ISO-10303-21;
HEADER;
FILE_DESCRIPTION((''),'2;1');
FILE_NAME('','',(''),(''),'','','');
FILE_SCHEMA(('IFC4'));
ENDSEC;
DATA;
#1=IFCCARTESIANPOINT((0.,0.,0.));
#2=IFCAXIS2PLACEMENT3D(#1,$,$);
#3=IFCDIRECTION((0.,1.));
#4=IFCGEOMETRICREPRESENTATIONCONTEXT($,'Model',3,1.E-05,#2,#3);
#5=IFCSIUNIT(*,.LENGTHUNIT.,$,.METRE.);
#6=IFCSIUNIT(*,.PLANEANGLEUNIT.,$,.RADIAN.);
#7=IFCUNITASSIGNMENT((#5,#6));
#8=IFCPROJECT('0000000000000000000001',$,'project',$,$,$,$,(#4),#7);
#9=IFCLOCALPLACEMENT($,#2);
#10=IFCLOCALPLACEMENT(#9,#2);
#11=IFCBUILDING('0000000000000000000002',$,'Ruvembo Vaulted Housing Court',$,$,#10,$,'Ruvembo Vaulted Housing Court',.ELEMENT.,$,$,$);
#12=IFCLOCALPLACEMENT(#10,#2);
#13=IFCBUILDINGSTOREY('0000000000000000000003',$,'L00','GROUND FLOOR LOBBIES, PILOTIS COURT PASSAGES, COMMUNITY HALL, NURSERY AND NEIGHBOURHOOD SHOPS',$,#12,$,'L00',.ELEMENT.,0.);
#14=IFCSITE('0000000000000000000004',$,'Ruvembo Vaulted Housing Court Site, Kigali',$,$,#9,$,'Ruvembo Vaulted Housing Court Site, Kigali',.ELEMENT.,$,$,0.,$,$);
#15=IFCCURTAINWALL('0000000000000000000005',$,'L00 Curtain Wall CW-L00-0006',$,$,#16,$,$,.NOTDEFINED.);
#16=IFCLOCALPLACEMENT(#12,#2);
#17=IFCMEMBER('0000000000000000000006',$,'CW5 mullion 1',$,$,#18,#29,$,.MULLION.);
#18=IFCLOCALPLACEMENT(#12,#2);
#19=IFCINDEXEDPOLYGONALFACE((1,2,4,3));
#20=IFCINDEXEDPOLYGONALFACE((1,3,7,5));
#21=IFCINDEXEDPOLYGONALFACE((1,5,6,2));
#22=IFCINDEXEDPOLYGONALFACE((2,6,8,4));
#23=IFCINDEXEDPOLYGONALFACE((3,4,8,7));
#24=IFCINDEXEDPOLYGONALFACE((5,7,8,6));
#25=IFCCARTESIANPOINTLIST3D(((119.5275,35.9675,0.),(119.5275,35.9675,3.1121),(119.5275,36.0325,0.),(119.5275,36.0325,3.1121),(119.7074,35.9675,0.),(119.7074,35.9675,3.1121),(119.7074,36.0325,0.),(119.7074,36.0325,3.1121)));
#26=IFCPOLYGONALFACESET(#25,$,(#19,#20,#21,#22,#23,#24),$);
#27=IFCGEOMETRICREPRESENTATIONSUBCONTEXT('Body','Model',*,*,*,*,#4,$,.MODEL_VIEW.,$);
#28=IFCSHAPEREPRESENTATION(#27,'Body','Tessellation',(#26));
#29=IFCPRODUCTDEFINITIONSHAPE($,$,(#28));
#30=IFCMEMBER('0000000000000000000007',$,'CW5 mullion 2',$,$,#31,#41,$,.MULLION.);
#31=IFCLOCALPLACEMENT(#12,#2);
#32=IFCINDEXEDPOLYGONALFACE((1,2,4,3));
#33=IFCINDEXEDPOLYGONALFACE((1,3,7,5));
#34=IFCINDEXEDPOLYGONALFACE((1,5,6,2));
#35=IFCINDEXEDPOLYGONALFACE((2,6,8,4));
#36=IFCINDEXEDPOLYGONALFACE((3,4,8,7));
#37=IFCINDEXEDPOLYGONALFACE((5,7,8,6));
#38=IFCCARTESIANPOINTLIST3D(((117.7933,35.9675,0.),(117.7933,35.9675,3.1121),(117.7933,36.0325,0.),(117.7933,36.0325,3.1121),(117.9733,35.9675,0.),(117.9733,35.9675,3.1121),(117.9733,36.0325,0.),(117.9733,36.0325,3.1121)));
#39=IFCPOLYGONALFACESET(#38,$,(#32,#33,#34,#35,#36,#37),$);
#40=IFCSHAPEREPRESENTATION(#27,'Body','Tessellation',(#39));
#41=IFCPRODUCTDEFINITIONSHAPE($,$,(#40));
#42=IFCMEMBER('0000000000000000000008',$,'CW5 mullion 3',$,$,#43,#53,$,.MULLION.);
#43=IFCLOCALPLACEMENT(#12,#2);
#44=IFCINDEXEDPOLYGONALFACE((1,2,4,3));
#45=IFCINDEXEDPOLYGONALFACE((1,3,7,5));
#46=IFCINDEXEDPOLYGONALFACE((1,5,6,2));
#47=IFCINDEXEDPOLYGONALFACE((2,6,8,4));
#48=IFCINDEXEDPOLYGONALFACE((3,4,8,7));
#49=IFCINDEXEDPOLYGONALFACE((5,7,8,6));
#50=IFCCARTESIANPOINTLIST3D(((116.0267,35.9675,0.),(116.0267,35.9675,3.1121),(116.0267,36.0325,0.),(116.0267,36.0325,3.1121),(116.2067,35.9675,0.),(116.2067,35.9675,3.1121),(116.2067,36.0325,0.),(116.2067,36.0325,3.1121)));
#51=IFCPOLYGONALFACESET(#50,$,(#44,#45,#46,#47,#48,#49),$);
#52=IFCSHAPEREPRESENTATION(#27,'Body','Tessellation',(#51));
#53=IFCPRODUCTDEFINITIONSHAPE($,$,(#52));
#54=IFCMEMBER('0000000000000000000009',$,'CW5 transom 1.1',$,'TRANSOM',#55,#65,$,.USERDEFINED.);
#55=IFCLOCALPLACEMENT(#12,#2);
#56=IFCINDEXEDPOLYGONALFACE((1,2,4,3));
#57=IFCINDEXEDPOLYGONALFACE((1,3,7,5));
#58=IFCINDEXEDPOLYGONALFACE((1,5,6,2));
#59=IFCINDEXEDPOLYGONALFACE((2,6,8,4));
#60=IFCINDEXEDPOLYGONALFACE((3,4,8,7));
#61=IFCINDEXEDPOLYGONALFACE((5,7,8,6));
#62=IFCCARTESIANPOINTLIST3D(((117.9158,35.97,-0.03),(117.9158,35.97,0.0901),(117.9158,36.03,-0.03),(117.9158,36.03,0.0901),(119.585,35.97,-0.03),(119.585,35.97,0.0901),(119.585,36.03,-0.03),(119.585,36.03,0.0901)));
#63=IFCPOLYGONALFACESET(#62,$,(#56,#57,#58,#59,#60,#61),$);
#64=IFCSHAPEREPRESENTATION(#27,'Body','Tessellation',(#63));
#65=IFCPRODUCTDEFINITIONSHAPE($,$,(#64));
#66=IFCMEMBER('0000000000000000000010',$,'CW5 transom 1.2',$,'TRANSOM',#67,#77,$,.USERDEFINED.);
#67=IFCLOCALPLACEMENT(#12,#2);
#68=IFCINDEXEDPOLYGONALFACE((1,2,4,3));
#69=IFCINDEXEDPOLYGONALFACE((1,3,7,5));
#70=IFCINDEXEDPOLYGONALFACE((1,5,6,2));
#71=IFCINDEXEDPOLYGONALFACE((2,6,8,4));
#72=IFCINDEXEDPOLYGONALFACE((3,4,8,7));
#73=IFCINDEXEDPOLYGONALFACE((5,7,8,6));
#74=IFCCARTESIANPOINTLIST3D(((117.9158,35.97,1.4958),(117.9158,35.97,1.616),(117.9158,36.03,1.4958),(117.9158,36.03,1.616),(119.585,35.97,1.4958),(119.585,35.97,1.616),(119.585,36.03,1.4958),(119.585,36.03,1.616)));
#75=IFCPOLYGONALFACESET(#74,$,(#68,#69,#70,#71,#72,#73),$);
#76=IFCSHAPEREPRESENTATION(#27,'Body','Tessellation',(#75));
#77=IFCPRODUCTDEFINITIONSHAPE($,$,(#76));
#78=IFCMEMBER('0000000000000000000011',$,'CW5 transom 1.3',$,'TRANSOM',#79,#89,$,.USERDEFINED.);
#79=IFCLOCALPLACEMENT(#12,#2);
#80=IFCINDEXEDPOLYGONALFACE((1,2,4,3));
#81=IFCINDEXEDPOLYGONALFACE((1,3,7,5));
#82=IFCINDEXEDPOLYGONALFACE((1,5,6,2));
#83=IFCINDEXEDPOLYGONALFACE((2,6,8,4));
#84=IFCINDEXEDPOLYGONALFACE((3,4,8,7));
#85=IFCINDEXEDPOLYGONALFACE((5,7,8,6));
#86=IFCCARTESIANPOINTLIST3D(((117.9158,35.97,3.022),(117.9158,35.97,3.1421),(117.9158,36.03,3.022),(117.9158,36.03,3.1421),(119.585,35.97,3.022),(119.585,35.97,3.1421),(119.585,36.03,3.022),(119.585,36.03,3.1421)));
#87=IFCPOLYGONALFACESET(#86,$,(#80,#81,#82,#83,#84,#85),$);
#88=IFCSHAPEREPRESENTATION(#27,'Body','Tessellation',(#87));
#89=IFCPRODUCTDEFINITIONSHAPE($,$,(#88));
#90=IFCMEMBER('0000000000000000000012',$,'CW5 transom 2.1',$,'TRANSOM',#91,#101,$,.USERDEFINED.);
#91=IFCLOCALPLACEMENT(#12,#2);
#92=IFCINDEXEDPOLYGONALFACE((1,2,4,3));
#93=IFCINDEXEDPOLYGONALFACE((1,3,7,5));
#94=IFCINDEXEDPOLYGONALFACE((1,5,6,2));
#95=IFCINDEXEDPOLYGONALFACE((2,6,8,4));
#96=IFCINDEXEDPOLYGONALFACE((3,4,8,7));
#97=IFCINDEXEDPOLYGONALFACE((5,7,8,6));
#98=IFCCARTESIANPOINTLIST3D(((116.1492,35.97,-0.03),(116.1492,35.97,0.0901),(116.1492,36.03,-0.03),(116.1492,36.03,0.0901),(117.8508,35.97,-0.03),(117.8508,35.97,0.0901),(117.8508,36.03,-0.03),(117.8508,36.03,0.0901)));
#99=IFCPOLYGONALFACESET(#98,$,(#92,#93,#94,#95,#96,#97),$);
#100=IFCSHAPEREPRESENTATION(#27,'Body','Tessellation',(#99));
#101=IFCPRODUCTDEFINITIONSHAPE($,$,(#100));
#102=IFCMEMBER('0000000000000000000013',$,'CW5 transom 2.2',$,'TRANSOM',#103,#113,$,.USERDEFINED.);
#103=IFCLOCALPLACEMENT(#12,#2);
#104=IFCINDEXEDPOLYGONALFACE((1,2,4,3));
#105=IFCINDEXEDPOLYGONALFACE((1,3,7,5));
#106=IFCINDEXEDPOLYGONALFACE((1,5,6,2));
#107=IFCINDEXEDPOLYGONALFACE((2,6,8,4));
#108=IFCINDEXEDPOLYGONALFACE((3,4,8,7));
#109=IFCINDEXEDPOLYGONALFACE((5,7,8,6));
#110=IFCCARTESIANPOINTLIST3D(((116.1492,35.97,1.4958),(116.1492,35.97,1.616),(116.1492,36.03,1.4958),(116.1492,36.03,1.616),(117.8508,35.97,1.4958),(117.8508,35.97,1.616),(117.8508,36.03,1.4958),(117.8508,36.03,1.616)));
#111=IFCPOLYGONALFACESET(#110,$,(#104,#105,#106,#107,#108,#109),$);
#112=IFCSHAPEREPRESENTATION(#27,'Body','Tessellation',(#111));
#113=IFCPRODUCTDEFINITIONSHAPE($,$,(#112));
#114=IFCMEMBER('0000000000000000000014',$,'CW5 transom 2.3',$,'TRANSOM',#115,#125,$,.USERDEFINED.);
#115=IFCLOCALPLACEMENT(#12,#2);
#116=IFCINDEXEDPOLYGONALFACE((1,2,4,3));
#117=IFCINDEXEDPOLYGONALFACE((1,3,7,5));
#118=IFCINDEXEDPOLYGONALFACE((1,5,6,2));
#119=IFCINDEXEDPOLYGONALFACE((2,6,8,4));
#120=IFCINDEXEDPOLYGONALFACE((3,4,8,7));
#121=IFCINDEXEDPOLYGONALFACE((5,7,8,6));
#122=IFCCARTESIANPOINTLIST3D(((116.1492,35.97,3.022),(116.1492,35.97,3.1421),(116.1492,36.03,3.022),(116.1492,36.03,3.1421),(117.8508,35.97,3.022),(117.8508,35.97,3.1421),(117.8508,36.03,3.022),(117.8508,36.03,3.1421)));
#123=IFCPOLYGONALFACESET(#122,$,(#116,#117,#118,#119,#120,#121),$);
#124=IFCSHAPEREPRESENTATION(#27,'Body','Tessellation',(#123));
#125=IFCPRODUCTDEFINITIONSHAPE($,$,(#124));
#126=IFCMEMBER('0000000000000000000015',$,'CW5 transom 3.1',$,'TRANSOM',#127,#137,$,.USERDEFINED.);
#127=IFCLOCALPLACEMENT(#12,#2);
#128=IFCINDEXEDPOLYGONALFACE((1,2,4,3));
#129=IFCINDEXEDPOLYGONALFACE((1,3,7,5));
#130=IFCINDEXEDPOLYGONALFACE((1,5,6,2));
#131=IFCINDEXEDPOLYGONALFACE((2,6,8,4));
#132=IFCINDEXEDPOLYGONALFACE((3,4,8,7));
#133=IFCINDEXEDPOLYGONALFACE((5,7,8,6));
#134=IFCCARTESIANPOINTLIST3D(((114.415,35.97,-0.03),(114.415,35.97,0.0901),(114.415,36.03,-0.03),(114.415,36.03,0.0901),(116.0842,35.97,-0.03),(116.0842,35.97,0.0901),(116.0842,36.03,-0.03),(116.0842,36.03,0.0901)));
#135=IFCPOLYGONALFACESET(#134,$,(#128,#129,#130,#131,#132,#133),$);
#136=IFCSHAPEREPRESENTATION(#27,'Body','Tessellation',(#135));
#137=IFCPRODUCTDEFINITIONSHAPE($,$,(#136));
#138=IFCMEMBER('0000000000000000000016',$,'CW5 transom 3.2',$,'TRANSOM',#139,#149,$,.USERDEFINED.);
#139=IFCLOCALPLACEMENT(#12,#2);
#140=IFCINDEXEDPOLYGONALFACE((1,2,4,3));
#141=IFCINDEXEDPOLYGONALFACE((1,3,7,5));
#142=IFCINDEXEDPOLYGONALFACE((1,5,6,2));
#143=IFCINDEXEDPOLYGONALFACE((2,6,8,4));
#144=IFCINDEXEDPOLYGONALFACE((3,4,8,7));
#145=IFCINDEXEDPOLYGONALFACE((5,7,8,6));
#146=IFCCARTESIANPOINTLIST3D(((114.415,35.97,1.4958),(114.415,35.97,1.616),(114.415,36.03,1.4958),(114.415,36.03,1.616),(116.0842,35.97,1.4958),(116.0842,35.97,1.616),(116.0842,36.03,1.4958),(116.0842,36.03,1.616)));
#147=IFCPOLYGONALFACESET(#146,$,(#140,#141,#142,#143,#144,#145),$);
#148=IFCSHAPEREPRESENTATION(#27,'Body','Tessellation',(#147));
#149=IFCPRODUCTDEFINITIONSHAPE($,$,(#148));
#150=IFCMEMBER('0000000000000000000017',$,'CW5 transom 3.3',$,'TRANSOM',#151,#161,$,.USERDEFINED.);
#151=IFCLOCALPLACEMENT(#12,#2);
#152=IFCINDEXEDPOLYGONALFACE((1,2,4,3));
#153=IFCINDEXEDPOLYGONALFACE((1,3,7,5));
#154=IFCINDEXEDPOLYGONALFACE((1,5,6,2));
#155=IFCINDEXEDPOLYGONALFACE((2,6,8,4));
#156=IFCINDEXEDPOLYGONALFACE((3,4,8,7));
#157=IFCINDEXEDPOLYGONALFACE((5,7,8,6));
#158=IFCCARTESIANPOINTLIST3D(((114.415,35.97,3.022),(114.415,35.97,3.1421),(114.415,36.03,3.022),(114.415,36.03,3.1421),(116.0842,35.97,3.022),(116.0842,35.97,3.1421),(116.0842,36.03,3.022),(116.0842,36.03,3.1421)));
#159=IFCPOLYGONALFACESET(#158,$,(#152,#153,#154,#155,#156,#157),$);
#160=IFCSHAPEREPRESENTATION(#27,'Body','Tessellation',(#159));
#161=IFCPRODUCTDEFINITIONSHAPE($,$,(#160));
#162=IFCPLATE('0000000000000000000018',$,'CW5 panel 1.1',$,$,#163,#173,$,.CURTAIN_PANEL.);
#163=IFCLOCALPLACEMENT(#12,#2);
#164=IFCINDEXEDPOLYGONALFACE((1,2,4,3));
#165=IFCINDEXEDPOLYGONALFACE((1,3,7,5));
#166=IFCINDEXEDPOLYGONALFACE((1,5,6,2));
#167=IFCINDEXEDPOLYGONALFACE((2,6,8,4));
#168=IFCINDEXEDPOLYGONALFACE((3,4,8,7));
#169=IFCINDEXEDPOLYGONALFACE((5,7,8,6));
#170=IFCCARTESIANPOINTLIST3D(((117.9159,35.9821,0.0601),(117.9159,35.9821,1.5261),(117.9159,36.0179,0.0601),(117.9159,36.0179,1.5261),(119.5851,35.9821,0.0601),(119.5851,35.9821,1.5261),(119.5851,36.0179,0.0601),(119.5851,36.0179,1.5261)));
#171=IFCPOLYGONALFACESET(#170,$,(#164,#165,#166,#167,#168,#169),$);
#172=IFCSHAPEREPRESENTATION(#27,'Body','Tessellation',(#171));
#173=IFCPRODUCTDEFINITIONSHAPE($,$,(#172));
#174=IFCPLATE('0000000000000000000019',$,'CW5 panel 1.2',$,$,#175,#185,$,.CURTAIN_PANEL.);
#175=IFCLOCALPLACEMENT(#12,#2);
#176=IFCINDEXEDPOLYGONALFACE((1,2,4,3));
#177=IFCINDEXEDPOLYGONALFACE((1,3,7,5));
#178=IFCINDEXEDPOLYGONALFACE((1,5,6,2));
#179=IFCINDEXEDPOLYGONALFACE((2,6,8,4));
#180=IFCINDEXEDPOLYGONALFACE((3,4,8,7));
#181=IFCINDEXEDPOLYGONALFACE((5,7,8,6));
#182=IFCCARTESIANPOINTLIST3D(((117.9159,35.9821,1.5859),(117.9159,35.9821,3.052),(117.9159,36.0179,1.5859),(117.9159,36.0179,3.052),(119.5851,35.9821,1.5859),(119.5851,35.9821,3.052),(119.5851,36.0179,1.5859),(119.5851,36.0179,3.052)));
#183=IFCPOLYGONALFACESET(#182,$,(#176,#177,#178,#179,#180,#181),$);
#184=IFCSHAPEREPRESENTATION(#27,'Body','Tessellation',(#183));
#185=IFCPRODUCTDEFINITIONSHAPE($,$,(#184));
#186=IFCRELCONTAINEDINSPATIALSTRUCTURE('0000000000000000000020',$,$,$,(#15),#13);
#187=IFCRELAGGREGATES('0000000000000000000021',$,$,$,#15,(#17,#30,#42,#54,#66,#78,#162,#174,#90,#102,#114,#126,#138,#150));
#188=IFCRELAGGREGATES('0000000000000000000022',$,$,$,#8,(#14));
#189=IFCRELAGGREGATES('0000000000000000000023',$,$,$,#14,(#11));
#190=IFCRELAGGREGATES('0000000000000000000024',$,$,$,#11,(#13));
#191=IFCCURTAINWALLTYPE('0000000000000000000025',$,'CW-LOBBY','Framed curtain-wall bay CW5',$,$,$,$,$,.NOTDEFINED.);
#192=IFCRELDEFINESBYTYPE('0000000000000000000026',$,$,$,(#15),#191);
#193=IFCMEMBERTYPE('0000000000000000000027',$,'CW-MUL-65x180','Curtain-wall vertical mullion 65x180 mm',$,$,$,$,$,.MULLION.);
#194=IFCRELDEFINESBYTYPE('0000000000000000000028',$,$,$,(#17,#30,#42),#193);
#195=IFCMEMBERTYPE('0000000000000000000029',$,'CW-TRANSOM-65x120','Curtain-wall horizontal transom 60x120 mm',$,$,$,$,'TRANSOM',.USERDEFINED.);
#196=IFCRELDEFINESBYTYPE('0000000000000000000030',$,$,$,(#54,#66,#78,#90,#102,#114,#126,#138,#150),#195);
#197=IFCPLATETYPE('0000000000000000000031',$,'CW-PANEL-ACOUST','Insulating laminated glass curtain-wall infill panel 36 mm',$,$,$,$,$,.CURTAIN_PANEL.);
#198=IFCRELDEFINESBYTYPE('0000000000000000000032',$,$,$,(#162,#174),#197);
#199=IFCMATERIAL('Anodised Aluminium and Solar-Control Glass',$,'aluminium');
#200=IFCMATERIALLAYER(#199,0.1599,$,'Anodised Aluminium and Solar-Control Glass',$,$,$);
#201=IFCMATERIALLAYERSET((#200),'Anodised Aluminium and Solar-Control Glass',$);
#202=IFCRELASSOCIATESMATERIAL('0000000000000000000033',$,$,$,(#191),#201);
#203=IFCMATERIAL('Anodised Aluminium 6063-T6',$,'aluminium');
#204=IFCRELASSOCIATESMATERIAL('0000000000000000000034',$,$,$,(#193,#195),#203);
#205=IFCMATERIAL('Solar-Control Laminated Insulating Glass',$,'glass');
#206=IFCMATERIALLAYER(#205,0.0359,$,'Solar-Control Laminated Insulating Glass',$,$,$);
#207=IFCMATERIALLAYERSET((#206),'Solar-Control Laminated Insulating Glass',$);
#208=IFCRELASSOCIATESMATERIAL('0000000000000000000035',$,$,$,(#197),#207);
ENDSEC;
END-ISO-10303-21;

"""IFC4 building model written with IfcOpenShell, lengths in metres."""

from ifc_helpers import new_model, si_unit, direction, frame, origin, origin_2d, place, context, subcontext, project, spatial, rectangle, extrude, material, layer, layer_set, material_profile, profile_set, type_object, element, aggregate, save


model = new_model("IFC4")

# Units and contexts
model_context = context("Model", 3, precision=1e-05, world=origin(), true_north=direction((0.0, 1.0)))
body_context = subcontext(model_context, "Body", "Model", "MODEL_VIEW")
ifc_project = project(units=[si_unit("LENGTHUNIT", "METRE"), si_unit("PLANEANGLEUNIT", "RADIAN")], contexts=[model_context])

# Site, building, storey
site_placement = place(None, origin())
site = spatial("IfcSite", under=ifc_project, at=site_placement, Name="Ruvembo Vaulted Housing Court Site, Kigali", LongName="Ruvembo Vaulted Housing Court Site, Kigali", CompositionType="ELEMENT", RefElevation=0.0)
building_placement = place(site_placement, origin())
building = spatial("IfcBuilding", under=site, at=building_placement, Name="Ruvembo Vaulted Housing Court", LongName="Ruvembo Vaulted Housing Court", CompositionType="ELEMENT")
storey_placement = place(building_placement, origin())
storey = spatial("IfcBuildingStorey", under=building, at=storey_placement, Name="L00", Description="GROUND FLOOR LOBBIES, PILOTIS COURT PASSAGES, COMMUNITY HALL, NURSERY AND NEIGHBOURHOOD SHOPS", LongName="L00", CompositionType="ELEMENT", Elevation=0.0)

# Curtain wall, members, plates
ifc_material_1 = material(Name="Anodised Aluminium and Solar-Control Glass", Category="aluminium")
ifc_layer_1 = layer(ifc_material_1, 0.1599, Name="Anodised Aluminium and Solar-Control Glass")
ifc_layer_set_1 = layer_set([ifc_layer_1], Name="Anodised Aluminium and Solar-Control Glass")
curtain_wall_type = type_object("IfcCurtainWallType", Name="CW-LOBBY", Description="Framed curtain-wall bay CW5", PredefinedType="NOTDEFINED", material=ifc_layer_set_1)
curtain_wall_placement = place(storey_placement, origin())
curtain_wall = element("IfcCurtainWall", 1, at=curtain_wall_placement, inside=storey, type_object=curtain_wall_type, Name="L00 Curtain Wall CW-L00-0006", PredefinedType="NOTDEFINED")
ifc_material_2 = material(Name="Anodised Aluminium 6063-T6", Category="aluminium")
ifc_material_profile_1 = material_profile(ifc_material_2, rectangle(XDim=0.0649, YDim=0.1799, at=origin_2d()), Name="ALU 65x180")
ifc_profile_set_1 = profile_set([ifc_material_profile_1], Name="Anodised Aluminium 6063-T6")
member_type_1 = type_object("IfcMemberType", Name="CW-MUL-65x180", Description="Curtain-wall vertical mullion 65x180 mm", PredefinedType="MULLION", material=ifc_profile_set_1)
member_1_placement = place(storey_placement, frame((119.6174, 36.0, 0.0), z_axis=(0.0, 0.0, 1.0), x_axis=(0.0, -1.0, 0.0)))
member_1 = element("IfcMember", 2, at=member_1_placement, type_object=member_type_1, Name="CW5 mullion 1", PredefinedType="MULLION", context=body_context, shape_type="SweptSolid", body=[
    extrude(rectangle(XDim=0.0649, YDim=0.1799, at=origin_2d()), origin(), (0.0, 0.0, 1.0), 3.1121),
])
member_2_placement = place(storey_placement, frame((117.8833, 36.0, 0.0), z_axis=(0.0, 0.0, 1.0), x_axis=(0.0, -1.0, 0.0)))
member_2 = element("IfcMember", 3, at=member_2_placement, type_object=member_type_1, Name="CW5 mullion 2", PredefinedType="MULLION", context=body_context, shape_type="SweptSolid", body=[
    extrude(rectangle(XDim=0.0649, YDim=0.1799, at=origin_2d()), origin(), (0.0, 0.0, 1.0), 3.1121),
])
member_3_placement = place(storey_placement, frame((116.1167, 36.0, 0.0), z_axis=(0.0, 0.0, 1.0), x_axis=(0.0, -1.0, 0.0)))
member_3 = element("IfcMember", 4, at=member_3_placement, type_object=member_type_1, Name="CW5 mullion 3", PredefinedType="MULLION", context=body_context, shape_type="SweptSolid", body=[
    extrude(rectangle(XDim=0.0649, YDim=0.1799, at=origin_2d()), origin(), (0.0, 0.0, 1.0), 3.1121),
])
ifc_material_profile_2 = material_profile(ifc_material_2, rectangle(XDim=0.0601, YDim=0.1201, at=origin_2d()), Name="ALU 60x120")
ifc_profile_set_2 = profile_set([ifc_material_profile_2], Name="Anodised Aluminium 6063-T6")
member_type_2 = type_object("IfcMemberType", Name="CW-TRANSOM-65x120", Description="Curtain-wall horizontal transom 60x120 mm", ElementType="TRANSOM", PredefinedType="USERDEFINED", material=ifc_profile_set_2)
member_4_placement = place(storey_placement, frame((119.585, 36.0, 0.03), z_axis=(-1.0, 0.0, 0.0), x_axis=(0.0, -1.0, 0.0)))
member_4 = element("IfcMember", 5, at=member_4_placement, type_object=member_type_2, Name="CW5 transom 1.1", ObjectType="TRANSOM", PredefinedType="USERDEFINED", context=body_context, shape_type="SweptSolid", body=[
    extrude(rectangle(XDim=0.0601, YDim=0.1201, at=origin_2d()), origin(), (0.0, 0.0, 1.0), 1.6692),
])
member_5_placement = place(storey_placement, frame((119.585, 36.0, 1.5559), z_axis=(-1.0, 0.0, 0.0), x_axis=(0.0, -1.0, 0.0)))
member_5 = element("IfcMember", 6, at=member_5_placement, type_object=member_type_2, Name="CW5 transom 1.2", ObjectType="TRANSOM", PredefinedType="USERDEFINED", context=body_context, shape_type="SweptSolid", body=[
    extrude(rectangle(XDim=0.0601, YDim=0.1201, at=origin_2d()), origin(), (0.0, 0.0, 1.0), 1.6692),
])
member_6_placement = place(storey_placement, frame((119.585, 36.0, 3.082), z_axis=(-1.0, 0.0, 0.0), x_axis=(0.0, -1.0, 0.0)))
member_6 = element("IfcMember", 7, at=member_6_placement, type_object=member_type_2, Name="CW5 transom 1.3", ObjectType="TRANSOM", PredefinedType="USERDEFINED", context=body_context, shape_type="SweptSolid", body=[
    extrude(rectangle(XDim=0.0601, YDim=0.1201, at=origin_2d()), origin(), (0.0, 0.0, 1.0), 1.6692),
])
member_7_placement = place(storey_placement, frame((117.8508, 36.0, 0.03), z_axis=(-1.0, 0.0, 0.0), x_axis=(0.0, -1.0, 0.0)))
member_7 = element("IfcMember", 8, at=member_7_placement, type_object=member_type_2, Name="CW5 transom 2.1", ObjectType="TRANSOM", PredefinedType="USERDEFINED", context=body_context, shape_type="SweptSolid", body=[
    extrude(rectangle(XDim=0.0601, YDim=0.1201, at=origin_2d()), origin(), (0.0, 0.0, 1.0), 1.7017),
])
member_8_placement = place(storey_placement, frame((117.8508, 36.0, 1.5559), z_axis=(-1.0, 0.0, 0.0), x_axis=(0.0, -1.0, 0.0)))
member_8 = element("IfcMember", 9, at=member_8_placement, type_object=member_type_2, Name="CW5 transom 2.2", ObjectType="TRANSOM", PredefinedType="USERDEFINED", context=body_context, shape_type="SweptSolid", body=[
    extrude(rectangle(XDim=0.0601, YDim=0.1201, at=origin_2d()), origin(), (0.0, 0.0, 1.0), 1.7017),
])
member_9_placement = place(storey_placement, frame((117.8508, 36.0, 3.082), z_axis=(-1.0, 0.0, 0.0), x_axis=(0.0, -1.0, 0.0)))
member_9 = element("IfcMember", 10, at=member_9_placement, type_object=member_type_2, Name="CW5 transom 2.3", ObjectType="TRANSOM", PredefinedType="USERDEFINED", context=body_context, shape_type="SweptSolid", body=[
    extrude(rectangle(XDim=0.0601, YDim=0.1201, at=origin_2d()), origin(), (0.0, 0.0, 1.0), 1.7017),
])
member_10_placement = place(storey_placement, frame((116.0842, 36.0, 0.03), z_axis=(-1.0, 0.0, 0.0), x_axis=(0.0, -1.0, 0.0)))
member_10 = element("IfcMember", 11, at=member_10_placement, type_object=member_type_2, Name="CW5 transom 3.1", ObjectType="TRANSOM", PredefinedType="USERDEFINED", context=body_context, shape_type="SweptSolid", body=[
    extrude(rectangle(XDim=0.0601, YDim=0.1201, at=origin_2d()), origin(), (0.0, 0.0, 1.0), 1.6692),
])
member_11_placement = place(storey_placement, frame((116.0842, 36.0, 1.5559), z_axis=(-1.0, 0.0, 0.0), x_axis=(0.0, -1.0, 0.0)))
member_11 = element("IfcMember", 12, at=member_11_placement, type_object=member_type_2, Name="CW5 transom 3.2", ObjectType="TRANSOM", PredefinedType="USERDEFINED", context=body_context, shape_type="SweptSolid", body=[
    extrude(rectangle(XDim=0.0601, YDim=0.1201, at=origin_2d()), origin(), (0.0, 0.0, 1.0), 1.6692),
])
member_12_placement = place(storey_placement, frame((116.0842, 36.0, 3.082), z_axis=(-1.0, 0.0, 0.0), x_axis=(0.0, -1.0, 0.0)))
member_12 = element("IfcMember", 13, at=member_12_placement, type_object=member_type_2, Name="CW5 transom 3.3", ObjectType="TRANSOM", PredefinedType="USERDEFINED", context=body_context, shape_type="SweptSolid", body=[
    extrude(rectangle(XDim=0.0601, YDim=0.1201, at=origin_2d()), origin(), (0.0, 0.0, 1.0), 1.6692),
])
ifc_material_3 = material(Name="Solar-Control Laminated Insulating Glass", Category="glass")
ifc_layer_2 = layer(ifc_material_3, 0.0359, Name="Solar-Control Laminated Insulating Glass")
ifc_layer_set_2 = layer_set([ifc_layer_2], Name="Solar-Control Laminated Insulating Glass")
plate_type = type_object("IfcPlateType", Name="CW-PANEL-ACOUST", Description="Insulating laminated glass curtain-wall infill panel 36 mm", PredefinedType="CURTAIN_PANEL", material=ifc_layer_set_2)
plate_1_placement = place(storey_placement, frame((118.7505, 36.0, 0.0601), z_axis=(0.0, 0.0, 1.0), x_axis=(-1.0, 0.0, 0.0)))
plate_1 = element("IfcPlate", 14, at=plate_1_placement, type_object=plate_type, Name="CW5 panel 1.1", PredefinedType="CURTAIN_PANEL", context=body_context, shape_type="SweptSolid", body=[
    extrude(rectangle(XDim=1.6692, YDim=0.0359, at=origin_2d()), origin(), (0.0, 0.0, 1.0), 1.4661),
])
plate_2_placement = place(storey_placement, frame((118.7505, 36.0, 1.5859), z_axis=(0.0, 0.0, 1.0), x_axis=(-1.0, 0.0, 0.0)))
plate_2 = element("IfcPlate", 15, at=plate_2_placement, type_object=plate_type, Name="CW5 panel 1.2", PredefinedType="CURTAIN_PANEL", context=body_context, shape_type="SweptSolid", body=[
    extrude(rectangle(XDim=1.6692, YDim=0.0359, at=origin_2d()), origin(), (0.0, 0.0, 1.0), 1.4661),
])
aggregate(curtain_wall, [member_1, member_2, member_3, member_4, member_5, member_6, plate_1, plate_2, member_7, member_8, member_9, member_10, member_11, member_12])

save(model, "model.ifc")
